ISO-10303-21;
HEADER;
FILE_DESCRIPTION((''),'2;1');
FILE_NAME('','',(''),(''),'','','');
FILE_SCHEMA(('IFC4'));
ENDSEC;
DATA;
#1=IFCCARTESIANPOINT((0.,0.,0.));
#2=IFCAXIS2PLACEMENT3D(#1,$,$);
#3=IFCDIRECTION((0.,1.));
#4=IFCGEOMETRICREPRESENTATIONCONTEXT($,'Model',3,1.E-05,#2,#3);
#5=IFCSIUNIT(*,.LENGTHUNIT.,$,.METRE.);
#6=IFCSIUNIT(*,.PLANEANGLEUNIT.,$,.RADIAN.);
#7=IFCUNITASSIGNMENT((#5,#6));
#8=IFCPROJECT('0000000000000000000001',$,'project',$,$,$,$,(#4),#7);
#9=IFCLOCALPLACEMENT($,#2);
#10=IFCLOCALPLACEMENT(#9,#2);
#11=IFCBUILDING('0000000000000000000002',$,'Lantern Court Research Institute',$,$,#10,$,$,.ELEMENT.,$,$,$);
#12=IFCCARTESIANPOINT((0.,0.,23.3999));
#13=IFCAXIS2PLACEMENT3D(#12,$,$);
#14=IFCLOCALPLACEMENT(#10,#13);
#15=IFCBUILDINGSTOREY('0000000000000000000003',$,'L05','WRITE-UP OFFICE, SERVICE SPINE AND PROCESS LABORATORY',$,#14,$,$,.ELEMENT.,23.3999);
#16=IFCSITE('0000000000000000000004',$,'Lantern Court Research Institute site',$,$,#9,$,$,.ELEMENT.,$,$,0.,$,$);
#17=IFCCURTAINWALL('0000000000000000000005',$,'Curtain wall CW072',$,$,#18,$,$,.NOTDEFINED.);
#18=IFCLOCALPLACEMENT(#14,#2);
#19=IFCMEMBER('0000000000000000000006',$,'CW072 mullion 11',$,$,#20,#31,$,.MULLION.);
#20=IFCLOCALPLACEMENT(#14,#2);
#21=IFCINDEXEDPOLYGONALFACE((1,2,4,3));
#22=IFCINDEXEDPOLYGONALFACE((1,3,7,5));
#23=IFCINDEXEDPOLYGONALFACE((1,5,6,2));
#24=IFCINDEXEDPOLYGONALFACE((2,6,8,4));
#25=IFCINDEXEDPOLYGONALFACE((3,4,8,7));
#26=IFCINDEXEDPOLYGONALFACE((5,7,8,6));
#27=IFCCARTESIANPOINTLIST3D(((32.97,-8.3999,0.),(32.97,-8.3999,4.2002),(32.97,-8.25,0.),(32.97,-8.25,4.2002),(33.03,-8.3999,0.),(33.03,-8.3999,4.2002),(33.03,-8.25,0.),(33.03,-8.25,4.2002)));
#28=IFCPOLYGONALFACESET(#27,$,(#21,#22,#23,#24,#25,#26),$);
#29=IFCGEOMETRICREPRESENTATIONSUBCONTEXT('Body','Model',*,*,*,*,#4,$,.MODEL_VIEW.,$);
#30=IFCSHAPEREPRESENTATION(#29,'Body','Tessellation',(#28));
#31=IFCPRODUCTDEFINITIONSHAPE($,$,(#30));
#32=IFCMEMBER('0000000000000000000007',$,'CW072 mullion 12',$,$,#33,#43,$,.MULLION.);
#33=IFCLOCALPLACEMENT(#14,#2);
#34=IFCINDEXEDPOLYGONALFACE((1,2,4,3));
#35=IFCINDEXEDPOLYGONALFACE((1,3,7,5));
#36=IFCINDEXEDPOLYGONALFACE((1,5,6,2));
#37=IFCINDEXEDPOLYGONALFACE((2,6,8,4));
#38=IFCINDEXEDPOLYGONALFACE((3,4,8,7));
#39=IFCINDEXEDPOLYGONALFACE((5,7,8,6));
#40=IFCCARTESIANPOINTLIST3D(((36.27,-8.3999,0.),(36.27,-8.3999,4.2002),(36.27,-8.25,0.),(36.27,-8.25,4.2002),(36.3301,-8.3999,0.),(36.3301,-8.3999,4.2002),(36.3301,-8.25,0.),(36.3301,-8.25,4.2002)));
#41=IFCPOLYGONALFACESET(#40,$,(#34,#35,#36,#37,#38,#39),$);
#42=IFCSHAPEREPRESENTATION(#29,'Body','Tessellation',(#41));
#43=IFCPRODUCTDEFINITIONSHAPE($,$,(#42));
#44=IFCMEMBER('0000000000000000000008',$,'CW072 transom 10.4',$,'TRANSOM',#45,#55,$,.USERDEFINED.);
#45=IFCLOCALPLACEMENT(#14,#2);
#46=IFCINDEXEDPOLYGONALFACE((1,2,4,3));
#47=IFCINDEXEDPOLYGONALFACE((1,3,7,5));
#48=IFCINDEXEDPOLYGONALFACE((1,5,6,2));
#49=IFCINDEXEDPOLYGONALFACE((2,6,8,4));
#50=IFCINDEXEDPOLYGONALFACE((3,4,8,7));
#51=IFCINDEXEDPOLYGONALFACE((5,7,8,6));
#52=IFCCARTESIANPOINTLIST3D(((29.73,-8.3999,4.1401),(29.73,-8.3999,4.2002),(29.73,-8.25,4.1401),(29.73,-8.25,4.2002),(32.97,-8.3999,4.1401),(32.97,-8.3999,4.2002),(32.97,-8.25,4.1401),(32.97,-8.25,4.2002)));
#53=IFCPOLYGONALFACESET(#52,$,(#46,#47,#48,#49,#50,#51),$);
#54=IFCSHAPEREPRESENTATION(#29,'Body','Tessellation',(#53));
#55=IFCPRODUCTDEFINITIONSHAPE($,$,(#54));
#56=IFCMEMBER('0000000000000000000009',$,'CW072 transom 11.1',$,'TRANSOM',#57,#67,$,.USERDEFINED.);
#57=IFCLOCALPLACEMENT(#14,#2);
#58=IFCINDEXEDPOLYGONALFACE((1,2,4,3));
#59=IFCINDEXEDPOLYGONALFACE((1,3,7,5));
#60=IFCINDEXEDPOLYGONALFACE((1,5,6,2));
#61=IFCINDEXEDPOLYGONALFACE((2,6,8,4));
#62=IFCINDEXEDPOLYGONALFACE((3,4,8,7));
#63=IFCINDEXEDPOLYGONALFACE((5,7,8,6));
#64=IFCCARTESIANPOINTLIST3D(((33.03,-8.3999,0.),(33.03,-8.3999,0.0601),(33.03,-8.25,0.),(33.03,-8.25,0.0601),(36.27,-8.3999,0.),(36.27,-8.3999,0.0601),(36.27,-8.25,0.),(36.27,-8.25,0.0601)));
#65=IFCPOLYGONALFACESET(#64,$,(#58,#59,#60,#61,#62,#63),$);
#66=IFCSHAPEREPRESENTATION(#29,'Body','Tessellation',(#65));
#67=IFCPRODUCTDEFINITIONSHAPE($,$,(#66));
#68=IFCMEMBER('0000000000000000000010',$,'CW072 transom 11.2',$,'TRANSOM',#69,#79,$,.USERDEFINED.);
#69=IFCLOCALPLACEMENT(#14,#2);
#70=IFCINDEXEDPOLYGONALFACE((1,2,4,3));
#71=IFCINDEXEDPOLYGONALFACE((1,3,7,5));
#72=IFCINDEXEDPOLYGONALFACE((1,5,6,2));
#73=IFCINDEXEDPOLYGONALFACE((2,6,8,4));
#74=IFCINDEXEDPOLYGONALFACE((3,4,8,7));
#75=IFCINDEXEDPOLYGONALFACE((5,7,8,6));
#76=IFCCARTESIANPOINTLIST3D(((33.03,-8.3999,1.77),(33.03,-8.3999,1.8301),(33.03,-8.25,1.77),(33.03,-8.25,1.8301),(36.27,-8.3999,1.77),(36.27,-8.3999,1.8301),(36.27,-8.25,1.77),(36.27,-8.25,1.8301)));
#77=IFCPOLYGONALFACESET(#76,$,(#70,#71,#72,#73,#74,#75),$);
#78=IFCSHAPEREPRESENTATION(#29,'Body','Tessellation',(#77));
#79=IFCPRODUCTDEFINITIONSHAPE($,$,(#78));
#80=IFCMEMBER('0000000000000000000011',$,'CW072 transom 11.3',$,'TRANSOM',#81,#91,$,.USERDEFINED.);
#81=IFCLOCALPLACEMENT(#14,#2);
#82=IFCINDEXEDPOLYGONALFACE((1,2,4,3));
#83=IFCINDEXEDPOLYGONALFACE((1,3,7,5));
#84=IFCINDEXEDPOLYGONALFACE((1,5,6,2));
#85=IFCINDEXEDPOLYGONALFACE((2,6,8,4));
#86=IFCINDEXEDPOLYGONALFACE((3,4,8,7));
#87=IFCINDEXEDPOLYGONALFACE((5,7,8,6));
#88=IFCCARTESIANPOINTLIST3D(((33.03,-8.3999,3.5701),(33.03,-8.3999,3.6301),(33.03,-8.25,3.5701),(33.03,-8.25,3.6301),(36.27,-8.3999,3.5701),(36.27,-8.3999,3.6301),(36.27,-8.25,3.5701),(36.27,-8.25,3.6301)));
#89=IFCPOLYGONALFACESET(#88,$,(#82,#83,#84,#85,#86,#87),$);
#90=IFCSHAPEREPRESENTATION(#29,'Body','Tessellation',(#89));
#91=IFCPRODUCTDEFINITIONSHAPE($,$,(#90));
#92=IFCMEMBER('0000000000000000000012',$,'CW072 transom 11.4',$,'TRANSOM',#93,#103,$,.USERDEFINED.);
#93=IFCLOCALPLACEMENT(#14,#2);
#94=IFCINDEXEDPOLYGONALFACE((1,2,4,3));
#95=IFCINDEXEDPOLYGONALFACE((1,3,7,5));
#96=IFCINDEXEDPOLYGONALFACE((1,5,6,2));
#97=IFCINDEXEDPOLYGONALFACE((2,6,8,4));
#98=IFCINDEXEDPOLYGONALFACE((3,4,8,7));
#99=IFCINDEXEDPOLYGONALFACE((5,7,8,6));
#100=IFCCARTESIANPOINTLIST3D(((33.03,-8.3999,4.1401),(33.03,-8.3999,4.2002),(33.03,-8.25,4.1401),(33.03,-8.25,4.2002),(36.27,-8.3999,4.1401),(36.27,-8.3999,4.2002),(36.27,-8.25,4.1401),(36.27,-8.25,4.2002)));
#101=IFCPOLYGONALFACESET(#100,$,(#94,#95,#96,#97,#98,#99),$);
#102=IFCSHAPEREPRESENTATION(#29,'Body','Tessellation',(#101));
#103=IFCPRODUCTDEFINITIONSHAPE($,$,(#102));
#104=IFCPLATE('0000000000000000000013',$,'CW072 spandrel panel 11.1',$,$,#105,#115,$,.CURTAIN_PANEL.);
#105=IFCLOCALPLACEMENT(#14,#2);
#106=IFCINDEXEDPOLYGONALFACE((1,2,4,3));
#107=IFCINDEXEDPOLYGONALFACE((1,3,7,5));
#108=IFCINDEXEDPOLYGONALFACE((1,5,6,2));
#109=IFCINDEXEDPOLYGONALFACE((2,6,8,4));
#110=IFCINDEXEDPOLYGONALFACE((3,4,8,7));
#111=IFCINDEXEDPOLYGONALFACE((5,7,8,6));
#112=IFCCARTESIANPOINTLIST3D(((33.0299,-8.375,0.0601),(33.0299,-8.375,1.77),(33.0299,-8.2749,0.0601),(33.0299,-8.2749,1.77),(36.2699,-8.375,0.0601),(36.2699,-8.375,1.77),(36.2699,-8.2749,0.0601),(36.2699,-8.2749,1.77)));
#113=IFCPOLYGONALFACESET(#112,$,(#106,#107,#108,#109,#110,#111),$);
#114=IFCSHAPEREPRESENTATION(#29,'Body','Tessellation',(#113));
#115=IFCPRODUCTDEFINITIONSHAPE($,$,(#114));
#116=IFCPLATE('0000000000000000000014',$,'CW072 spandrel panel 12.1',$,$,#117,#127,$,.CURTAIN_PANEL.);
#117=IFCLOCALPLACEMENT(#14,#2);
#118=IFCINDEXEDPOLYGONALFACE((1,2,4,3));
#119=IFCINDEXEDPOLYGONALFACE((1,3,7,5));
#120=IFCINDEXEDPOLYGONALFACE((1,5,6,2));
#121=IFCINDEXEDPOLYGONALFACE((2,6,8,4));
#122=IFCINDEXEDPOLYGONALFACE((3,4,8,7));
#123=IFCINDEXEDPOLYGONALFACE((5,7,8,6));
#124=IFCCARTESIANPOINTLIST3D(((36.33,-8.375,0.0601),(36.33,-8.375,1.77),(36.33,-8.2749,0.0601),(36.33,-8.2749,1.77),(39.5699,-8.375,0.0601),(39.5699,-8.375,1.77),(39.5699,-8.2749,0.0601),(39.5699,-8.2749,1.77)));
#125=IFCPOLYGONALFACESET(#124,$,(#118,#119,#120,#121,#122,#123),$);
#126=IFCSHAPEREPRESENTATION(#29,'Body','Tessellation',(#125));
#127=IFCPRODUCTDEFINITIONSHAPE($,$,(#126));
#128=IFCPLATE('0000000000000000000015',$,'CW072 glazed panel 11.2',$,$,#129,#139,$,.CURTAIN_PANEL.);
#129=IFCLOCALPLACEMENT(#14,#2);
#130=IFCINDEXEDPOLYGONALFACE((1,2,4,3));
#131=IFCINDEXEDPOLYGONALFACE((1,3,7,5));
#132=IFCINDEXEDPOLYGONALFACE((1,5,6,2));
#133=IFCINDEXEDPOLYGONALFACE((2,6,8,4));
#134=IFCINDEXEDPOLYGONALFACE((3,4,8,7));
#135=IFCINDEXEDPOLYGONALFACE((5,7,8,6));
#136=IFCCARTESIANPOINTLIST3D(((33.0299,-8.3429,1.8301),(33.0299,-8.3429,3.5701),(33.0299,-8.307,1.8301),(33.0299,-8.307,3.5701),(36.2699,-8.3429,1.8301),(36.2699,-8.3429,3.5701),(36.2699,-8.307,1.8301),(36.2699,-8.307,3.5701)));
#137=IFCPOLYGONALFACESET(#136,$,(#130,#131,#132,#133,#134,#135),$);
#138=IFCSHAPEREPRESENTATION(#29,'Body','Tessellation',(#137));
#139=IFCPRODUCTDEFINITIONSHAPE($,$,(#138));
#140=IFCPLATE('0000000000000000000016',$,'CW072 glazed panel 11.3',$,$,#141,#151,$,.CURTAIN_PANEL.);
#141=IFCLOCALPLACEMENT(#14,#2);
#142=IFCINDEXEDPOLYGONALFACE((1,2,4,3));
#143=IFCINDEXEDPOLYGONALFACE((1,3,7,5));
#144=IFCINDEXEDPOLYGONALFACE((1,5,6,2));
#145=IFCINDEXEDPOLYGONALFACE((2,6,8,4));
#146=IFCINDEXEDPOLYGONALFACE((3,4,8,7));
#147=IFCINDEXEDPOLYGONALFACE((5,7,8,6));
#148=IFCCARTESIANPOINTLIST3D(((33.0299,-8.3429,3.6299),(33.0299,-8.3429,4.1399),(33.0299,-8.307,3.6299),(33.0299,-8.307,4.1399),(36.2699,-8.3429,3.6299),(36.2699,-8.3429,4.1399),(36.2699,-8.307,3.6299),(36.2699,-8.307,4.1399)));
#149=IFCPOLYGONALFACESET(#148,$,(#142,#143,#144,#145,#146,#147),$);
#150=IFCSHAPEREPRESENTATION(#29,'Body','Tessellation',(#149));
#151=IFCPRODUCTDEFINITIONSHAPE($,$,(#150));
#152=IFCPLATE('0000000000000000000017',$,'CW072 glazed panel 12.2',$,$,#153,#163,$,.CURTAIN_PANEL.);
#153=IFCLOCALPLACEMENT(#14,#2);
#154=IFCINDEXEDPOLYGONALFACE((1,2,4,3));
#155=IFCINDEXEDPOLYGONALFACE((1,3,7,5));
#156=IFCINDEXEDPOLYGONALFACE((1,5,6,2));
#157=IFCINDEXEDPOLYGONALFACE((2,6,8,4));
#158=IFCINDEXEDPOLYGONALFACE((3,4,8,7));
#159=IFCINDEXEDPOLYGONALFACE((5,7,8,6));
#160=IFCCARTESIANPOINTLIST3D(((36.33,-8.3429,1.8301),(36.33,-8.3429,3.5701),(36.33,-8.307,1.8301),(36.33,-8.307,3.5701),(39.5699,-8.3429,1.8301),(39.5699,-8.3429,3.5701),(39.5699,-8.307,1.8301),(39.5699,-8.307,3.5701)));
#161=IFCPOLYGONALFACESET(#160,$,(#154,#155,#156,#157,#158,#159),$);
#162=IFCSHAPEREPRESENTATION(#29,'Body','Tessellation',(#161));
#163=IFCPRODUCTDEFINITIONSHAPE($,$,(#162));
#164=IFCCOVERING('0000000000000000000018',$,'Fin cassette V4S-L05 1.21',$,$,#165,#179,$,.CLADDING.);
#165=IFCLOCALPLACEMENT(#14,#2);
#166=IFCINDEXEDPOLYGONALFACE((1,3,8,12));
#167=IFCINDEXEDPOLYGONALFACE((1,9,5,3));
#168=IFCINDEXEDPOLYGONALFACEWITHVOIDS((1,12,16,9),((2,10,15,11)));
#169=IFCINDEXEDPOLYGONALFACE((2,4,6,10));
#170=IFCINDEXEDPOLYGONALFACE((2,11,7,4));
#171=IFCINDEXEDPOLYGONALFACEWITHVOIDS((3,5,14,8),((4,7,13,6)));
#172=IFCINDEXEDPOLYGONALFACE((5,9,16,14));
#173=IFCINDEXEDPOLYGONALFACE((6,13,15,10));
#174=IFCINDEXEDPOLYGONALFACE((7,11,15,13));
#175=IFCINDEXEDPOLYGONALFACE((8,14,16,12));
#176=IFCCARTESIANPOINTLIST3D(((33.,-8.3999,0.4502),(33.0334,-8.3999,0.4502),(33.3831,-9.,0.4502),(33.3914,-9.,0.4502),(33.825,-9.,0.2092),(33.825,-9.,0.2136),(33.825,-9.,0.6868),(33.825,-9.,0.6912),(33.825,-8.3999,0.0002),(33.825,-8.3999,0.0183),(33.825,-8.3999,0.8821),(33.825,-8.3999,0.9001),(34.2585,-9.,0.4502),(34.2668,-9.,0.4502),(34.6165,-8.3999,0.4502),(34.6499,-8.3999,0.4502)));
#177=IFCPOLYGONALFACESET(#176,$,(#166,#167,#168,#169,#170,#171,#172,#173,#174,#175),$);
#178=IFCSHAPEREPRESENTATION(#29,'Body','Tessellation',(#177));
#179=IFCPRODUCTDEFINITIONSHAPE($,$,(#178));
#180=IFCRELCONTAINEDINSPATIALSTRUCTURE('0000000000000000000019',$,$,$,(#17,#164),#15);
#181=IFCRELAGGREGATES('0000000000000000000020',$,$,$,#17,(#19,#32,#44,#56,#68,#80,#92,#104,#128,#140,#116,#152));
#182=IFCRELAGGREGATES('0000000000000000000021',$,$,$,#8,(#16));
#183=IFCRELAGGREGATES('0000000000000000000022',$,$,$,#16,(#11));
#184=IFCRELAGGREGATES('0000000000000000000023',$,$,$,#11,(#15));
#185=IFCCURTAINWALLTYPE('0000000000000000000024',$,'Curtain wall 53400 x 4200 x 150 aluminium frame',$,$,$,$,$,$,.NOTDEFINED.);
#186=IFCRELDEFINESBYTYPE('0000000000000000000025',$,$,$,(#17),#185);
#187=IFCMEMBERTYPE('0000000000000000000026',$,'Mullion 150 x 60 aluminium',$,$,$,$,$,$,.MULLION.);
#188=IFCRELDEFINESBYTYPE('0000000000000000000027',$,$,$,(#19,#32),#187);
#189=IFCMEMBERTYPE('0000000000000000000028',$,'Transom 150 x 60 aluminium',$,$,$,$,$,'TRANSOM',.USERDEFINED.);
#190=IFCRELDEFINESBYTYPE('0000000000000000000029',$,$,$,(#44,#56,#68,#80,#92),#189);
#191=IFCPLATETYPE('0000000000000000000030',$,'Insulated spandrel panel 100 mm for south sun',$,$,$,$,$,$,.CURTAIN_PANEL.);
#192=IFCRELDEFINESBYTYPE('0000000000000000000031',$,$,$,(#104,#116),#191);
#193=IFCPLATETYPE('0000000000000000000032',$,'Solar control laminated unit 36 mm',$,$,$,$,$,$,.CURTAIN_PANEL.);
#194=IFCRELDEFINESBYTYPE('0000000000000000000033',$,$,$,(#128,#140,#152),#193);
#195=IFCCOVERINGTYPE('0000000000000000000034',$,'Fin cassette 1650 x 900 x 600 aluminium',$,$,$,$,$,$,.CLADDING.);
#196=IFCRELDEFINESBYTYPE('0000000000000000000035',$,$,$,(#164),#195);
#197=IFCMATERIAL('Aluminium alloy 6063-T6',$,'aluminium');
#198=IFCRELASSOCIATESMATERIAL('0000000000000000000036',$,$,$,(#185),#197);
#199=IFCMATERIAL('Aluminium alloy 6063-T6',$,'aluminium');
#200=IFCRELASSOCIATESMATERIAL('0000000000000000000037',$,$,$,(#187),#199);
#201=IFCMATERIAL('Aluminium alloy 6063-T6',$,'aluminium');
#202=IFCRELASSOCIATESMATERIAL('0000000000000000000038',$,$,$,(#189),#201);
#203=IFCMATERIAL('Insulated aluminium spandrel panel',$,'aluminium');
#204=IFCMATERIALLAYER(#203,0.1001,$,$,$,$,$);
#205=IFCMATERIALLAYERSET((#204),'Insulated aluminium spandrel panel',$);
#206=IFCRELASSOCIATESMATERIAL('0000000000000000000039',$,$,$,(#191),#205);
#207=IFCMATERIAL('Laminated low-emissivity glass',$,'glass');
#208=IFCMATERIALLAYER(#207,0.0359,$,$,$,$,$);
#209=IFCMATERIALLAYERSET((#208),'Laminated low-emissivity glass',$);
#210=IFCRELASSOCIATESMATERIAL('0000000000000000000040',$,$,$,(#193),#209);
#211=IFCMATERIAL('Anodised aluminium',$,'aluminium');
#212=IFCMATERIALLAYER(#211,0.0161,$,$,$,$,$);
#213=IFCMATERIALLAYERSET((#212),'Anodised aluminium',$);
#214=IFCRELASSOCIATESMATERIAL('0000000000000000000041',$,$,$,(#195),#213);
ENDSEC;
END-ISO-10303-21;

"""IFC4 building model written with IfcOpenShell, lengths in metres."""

from ifc_helpers import new_model, entity, si_unit, direction, frame, origin, origin_2d, place, context, subcontext, project, spatial, rectangle, extrude, material, layer, layer_set, material_profile, profile_set, type_object, element, aggregate, save


model = new_model("IFC4")

# Units and contexts
model_context = context("Model", 3, precision=1e-05, world=origin(), true_north=direction((0.0, 1.0)))
body_context = subcontext(model_context, "Body", "Model", "MODEL_VIEW")
ifc_project = project(units=[si_unit("LENGTHUNIT", "METRE"), si_unit("PLANEANGLEUNIT", "RADIAN")], contexts=[model_context])

# Site, building, storey
site_placement = place(None, origin())
site = spatial("IfcSite", under=ifc_project, at=site_placement, Name="Lantern Court Research Institute site", CompositionType="ELEMENT", RefElevation=0.0)
building_placement = place(site_placement, origin())
building = spatial("IfcBuilding", under=site, at=building_placement, Name="Lantern Court Research Institute", CompositionType="ELEMENT")
storey_placement = place(building_placement, frame((0.0, 0.0, 23.3999)))
storey = spatial("IfcBuildingStorey", under=building, at=storey_placement, Name="L05", Description="WRITE-UP OFFICE, SERVICE SPINE AND PROCESS LABORATORY", CompositionType="ELEMENT", Elevation=23.3999)

# Curtain wall, members, plates
ifc_material_1 = material(Name="Aluminium alloy 6063-T6", Category="aluminium")
curtain_wall_type = type_object("IfcCurtainWallType", Name="Curtain wall 53400 x 4200 x 150 aluminium frame", PredefinedType="NOTDEFINED", material=ifc_material_1)
curtain_wall_placement = place(storey_placement, origin())
curtain_wall = element("IfcCurtainWall", 1, at=curtain_wall_placement, inside=storey, type_object=curtain_wall_type, Name="Curtain wall CW072", PredefinedType="NOTDEFINED")
ifc_material_2 = material(Name="Aluminium alloy 6063-T6", Category="aluminium")
ifc_material_profile_1 = material_profile(ifc_material_2, rectangle(XDim=0.1499, YDim=0.0601, at=origin_2d()), Name="Mullion 150 x 60")
ifc_profile_set_1 = profile_set([ifc_material_profile_1], Name="Aluminium alloy 6063-T6")
member_type_1 = type_object("IfcMemberType", Name="Mullion 150 x 60 aluminium", PredefinedType="MULLION", material=ifc_profile_set_1)
member_1_placement = place(storey_placement, frame((33.0, -8.325, 0.0), z_axis=(0.0, 0.0, 1.0), x_axis=(0.0, -1.0, 0.0)))
member_1 = element("IfcMember", 2, at=member_1_placement, type_object=member_type_1, Name="CW072 mullion 11", PredefinedType="MULLION", context=body_context, shape_type="SweptSolid", body=[
    extrude(rectangle(XDim=0.1499, YDim=0.0601, at=origin_2d()), origin(), (0.0, 0.0, 1.0), 4.2002),
])
member_2_placement = place(storey_placement, frame((36.3, -8.325, 0.0), z_axis=(0.0, 0.0, 1.0), x_axis=(0.0, -1.0, 0.0)))
member_2 = element("IfcMember", 3, at=member_2_placement, type_object=member_type_1, Name="CW072 mullion 12", PredefinedType="MULLION", context=body_context, shape_type="SweptSolid", body=[
    extrude(rectangle(XDim=0.1499, YDim=0.0601, at=origin_2d()), origin(), (0.0, 0.0, 1.0), 4.2002),
])
ifc_material_3 = material(Name="Aluminium alloy 6063-T6", Category="aluminium")
ifc_material_profile_2 = material_profile(ifc_material_3, rectangle(XDim=0.1499, YDim=0.0601, at=origin_2d()), Name="Transom 150 x 60")
ifc_profile_set_2 = profile_set([ifc_material_profile_2], Name="Aluminium alloy 6063-T6")
member_type_2 = type_object("IfcMemberType", Name="Transom 150 x 60 aluminium", ElementType="TRANSOM", PredefinedType="USERDEFINED", material=ifc_profile_set_2)
member_3_placement = place(storey_placement, frame((32.97, -8.325, 4.1702), z_axis=(-1.0, 0.0, 0.0), x_axis=(0.0, -1.0, 0.0)))
member_3 = element("IfcMember", 4, at=member_3_placement, type_object=member_type_2, Name="CW072 transom 10.4", ObjectType="TRANSOM", PredefinedType="USERDEFINED", context=body_context, shape_type="SweptSolid", body=[
    extrude(rectangle(XDim=0.1499, YDim=0.0601, at=origin_2d()), origin(), (0.0, 0.0, 1.0), 3.24),
])
member_4_placement = place(storey_placement, frame((36.27, -8.325, 0.03), z_axis=(-1.0, 0.0, 0.0), x_axis=(0.0, -1.0, 0.0)))
member_4 = element("IfcMember", 5, at=member_4_placement, type_object=member_type_2, Name="CW072 transom 11.1", ObjectType="TRANSOM", PredefinedType="USERDEFINED", context=body_context, shape_type="SweptSolid", body=[
    extrude(rectangle(XDim=0.1499, YDim=0.0601, at=origin_2d()), origin(), (0.0, 0.0, 1.0), 3.24),
])
member_5_placement = place(storey_placement, frame((36.27, -8.325, 1.8), z_axis=(-1.0, 0.0, 0.0), x_axis=(0.0, -1.0, 0.0)))
member_5 = element("IfcMember", 6, at=member_5_placement, type_object=member_type_2, Name="CW072 transom 11.2", ObjectType="TRANSOM", PredefinedType="USERDEFINED", context=body_context, shape_type="SweptSolid", body=[
    extrude(rectangle(XDim=0.1499, YDim=0.0601, at=origin_2d()), origin(), (0.0, 0.0, 1.0), 3.24),
])
member_6_placement = place(storey_placement, frame((36.27, -8.325, 3.6001), z_axis=(-1.0, 0.0, 0.0), x_axis=(0.0, -1.0, 0.0)))
member_6 = element("IfcMember", 7, at=member_6_placement, type_object=member_type_2, Name="CW072 transom 11.3", ObjectType="TRANSOM", PredefinedType="USERDEFINED", context=body_context, shape_type="SweptSolid", body=[
    extrude(rectangle(XDim=0.1499, YDim=0.0601, at=origin_2d()), origin(), (0.0, 0.0, 1.0), 3.24),
])
member_7_placement = place(storey_placement, frame((36.27, -8.325, 4.1702), z_axis=(-1.0, 0.0, 0.0), x_axis=(0.0, -1.0, 0.0)))
member_7 = element("IfcMember", 8, at=member_7_placement, type_object=member_type_2, Name="CW072 transom 11.4", ObjectType="TRANSOM", PredefinedType="USERDEFINED", context=body_context, shape_type="SweptSolid", body=[
    extrude(rectangle(XDim=0.1499, YDim=0.0601, at=origin_2d()), origin(), (0.0, 0.0, 1.0), 3.24),
])
ifc_material_4 = material(Name="Insulated aluminium spandrel panel", Category="aluminium")
ifc_layer_1 = layer(ifc_material_4, 0.1001)
ifc_layer_set_1 = layer_set([ifc_layer_1], Name="Insulated aluminium spandrel panel")
plate_type_1 = type_object("IfcPlateType", Name="Insulated spandrel panel 100 mm for south sun", PredefinedType="CURTAIN_PANEL", material=ifc_layer_set_1)
plate_1_placement = place(storey_placement, frame((34.6499, -8.325, 0.0601), z_axis=(0.0, 0.0, 1.0), x_axis=(-1.0, 0.0, 0.0)))
plate_1 = element("IfcPlate", 9, at=plate_1_placement, type_object=plate_type_1, Name="CW072 spandrel panel 11.1", PredefinedType="CURTAIN_PANEL", context=body_context, shape_type="SweptSolid", body=[
    extrude(rectangle(XDim=3.24, YDim=0.1001, at=origin_2d()), origin(), (0.0, 0.0, 1.0), 1.71),
])
plate_2_placement = place(storey_placement, frame((37.95, -8.325, 0.0601), z_axis=(0.0, 0.0, 1.0), x_axis=(-1.0, 0.0, 0.0)))
plate_2 = element("IfcPlate", 10, at=plate_2_placement, type_object=plate_type_1, Name="CW072 spandrel panel 12.1", PredefinedType="CURTAIN_PANEL", context=body_context, shape_type="SweptSolid", body=[
    extrude(rectangle(XDim=3.24, YDim=0.1001, at=origin_2d()), origin(), (0.0, 0.0, 1.0), 1.71),
])
ifc_material_5 = material(Name="Laminated low-emissivity glass", Category="glass")
ifc_layer_2 = layer(ifc_material_5, 0.0359)
ifc_layer_set_2 = layer_set([ifc_layer_2], Name="Laminated low-emissivity glass")
plate_type_2 = type_object("IfcPlateType", Name="Solar control laminated unit 36 mm", PredefinedType="CURTAIN_PANEL", material=ifc_layer_set_2)
plate_3_placement = place(storey_placement, frame((34.6499, -8.325, 1.8301), z_axis=(0.0, 0.0, 1.0), x_axis=(-1.0, 0.0, 0.0)))
plate_3 = element("IfcPlate", 11, at=plate_3_placement, type_object=plate_type_2, Name="CW072 glazed panel 11.2", PredefinedType="CURTAIN_PANEL", context=body_context, shape_type="SweptSolid", body=[
    extrude(rectangle(XDim=3.24, YDim=0.0359, at=origin_2d()), origin(), (0.0, 0.0, 1.0), 1.74),
])
plate_4_placement = place(storey_placement, frame((34.6499, -8.325, 3.6299), z_axis=(0.0, 0.0, 1.0), x_axis=(-1.0, 0.0, 0.0)))
plate_4 = element("IfcPlate", 12, at=plate_4_placement, type_object=plate_type_2, Name="CW072 glazed panel 11.3", PredefinedType="CURTAIN_PANEL", context=body_context, shape_type="SweptSolid", body=[
    extrude(rectangle(XDim=3.24, YDim=0.0359, at=origin_2d()), origin(), (0.0, 0.0, 1.0), 0.51),
])
plate_5_placement = place(storey_placement, frame((37.95, -8.325, 1.8301), z_axis=(0.0, 0.0, 1.0), x_axis=(-1.0, 0.0, 0.0)))
plate_5 = element("IfcPlate", 13, at=plate_5_placement, type_object=plate_type_2, Name="CW072 glazed panel 12.2", PredefinedType="CURTAIN_PANEL", context=body_context, shape_type="SweptSolid", body=[
    extrude(rectangle(XDim=3.24, YDim=0.0359, at=origin_2d()), origin(), (0.0, 0.0, 1.0), 1.74),
])
aggregate(curtain_wall, [member_1, member_2, member_3, member_4, member_5, member_6, member_7, plate_1, plate_3, plate_4, plate_2, plate_5])

# Covering
ifc_material_6 = material(Name="Anodised aluminium", Category="aluminium")
ifc_layer_3 = layer(ifc_material_6, 0.0161)
ifc_layer_set_3 = layer_set([ifc_layer_3], Name="Anodised aluminium")
covering_type = type_object("IfcCoveringType", Name="Fin cassette 1650 x 900 x 600 aluminium", PredefinedType="CLADDING", material=ifc_layer_set_3)
covering_1_placement = place(storey_placement, frame((33.825, -8.3999, 0.4502), z_axis=(0.0, -1.0, 0.0), x_axis=(1.0, 0.0, 0.0)))
cartesian_point_1 = entity("IfcCartesianPoint", [0.825, 0.0])
cartesian_point_2 = entity("IfcCartesianPoint", [0.7915, 0.0])
cartesian_point_3 = entity("IfcCartesianPoint", [0.4419, 0.0])
cartesian_point_4 = entity("IfcCartesianPoint", [0.4336, 0.0])
element("IfcCovering", 14, at=covering_1_placement, inside=storey, type_object=covering_type, Name="Fin cassette V4S-L05 1.21", PredefinedType="CLADDING", context=body_context, shape_type="SweptSolid", body=[
    entity("IfcExtrudedAreaSolidTapered", entity("IfcArbitraryProfileDefWithVoids", "AREA", None, entity("IfcPolyline", [cartesian_point_1, entity("IfcCartesianPoint", [0.0, 0.45]), entity("IfcCartesianPoint", [-0.825, 0.0]), entity("IfcCartesianPoint", [0.0, -0.45]), cartesian_point_1]), [entity("IfcPolyline", [cartesian_point_2, entity("IfcCartesianPoint", [0.0, 0.4319]), entity("IfcCartesianPoint", [-0.7915, 0.0]), entity("IfcCartesianPoint", [0.0, -0.4319]), cartesian_point_2])]), entity("IfcAxis2Placement3D", entity("IfcCartesianPoint", [0.0, 0.0, 0.0])), entity("IfcDirection", [0.0, 0.0, 1.0]), 0.6001, entity("IfcArbitraryProfileDefWithVoids", "AREA", None, entity("IfcPolyline", [cartesian_point_3, entity("IfcCartesianPoint", [0.0, 0.241]), entity("IfcCartesianPoint", [-0.4419, 0.0]), entity("IfcCartesianPoint", [0.0, -0.241]), cartesian_point_3]), [entity("IfcPolyline", [cartesian_point_4, entity("IfcCartesianPoint", [0.0, 0.2366]), entity("IfcCartesianPoint", [-0.4336, 0.0]), entity("IfcCartesianPoint", [0.0, -0.2366]), cartesian_point_4])])),
])

save(model, "model.ifc")
